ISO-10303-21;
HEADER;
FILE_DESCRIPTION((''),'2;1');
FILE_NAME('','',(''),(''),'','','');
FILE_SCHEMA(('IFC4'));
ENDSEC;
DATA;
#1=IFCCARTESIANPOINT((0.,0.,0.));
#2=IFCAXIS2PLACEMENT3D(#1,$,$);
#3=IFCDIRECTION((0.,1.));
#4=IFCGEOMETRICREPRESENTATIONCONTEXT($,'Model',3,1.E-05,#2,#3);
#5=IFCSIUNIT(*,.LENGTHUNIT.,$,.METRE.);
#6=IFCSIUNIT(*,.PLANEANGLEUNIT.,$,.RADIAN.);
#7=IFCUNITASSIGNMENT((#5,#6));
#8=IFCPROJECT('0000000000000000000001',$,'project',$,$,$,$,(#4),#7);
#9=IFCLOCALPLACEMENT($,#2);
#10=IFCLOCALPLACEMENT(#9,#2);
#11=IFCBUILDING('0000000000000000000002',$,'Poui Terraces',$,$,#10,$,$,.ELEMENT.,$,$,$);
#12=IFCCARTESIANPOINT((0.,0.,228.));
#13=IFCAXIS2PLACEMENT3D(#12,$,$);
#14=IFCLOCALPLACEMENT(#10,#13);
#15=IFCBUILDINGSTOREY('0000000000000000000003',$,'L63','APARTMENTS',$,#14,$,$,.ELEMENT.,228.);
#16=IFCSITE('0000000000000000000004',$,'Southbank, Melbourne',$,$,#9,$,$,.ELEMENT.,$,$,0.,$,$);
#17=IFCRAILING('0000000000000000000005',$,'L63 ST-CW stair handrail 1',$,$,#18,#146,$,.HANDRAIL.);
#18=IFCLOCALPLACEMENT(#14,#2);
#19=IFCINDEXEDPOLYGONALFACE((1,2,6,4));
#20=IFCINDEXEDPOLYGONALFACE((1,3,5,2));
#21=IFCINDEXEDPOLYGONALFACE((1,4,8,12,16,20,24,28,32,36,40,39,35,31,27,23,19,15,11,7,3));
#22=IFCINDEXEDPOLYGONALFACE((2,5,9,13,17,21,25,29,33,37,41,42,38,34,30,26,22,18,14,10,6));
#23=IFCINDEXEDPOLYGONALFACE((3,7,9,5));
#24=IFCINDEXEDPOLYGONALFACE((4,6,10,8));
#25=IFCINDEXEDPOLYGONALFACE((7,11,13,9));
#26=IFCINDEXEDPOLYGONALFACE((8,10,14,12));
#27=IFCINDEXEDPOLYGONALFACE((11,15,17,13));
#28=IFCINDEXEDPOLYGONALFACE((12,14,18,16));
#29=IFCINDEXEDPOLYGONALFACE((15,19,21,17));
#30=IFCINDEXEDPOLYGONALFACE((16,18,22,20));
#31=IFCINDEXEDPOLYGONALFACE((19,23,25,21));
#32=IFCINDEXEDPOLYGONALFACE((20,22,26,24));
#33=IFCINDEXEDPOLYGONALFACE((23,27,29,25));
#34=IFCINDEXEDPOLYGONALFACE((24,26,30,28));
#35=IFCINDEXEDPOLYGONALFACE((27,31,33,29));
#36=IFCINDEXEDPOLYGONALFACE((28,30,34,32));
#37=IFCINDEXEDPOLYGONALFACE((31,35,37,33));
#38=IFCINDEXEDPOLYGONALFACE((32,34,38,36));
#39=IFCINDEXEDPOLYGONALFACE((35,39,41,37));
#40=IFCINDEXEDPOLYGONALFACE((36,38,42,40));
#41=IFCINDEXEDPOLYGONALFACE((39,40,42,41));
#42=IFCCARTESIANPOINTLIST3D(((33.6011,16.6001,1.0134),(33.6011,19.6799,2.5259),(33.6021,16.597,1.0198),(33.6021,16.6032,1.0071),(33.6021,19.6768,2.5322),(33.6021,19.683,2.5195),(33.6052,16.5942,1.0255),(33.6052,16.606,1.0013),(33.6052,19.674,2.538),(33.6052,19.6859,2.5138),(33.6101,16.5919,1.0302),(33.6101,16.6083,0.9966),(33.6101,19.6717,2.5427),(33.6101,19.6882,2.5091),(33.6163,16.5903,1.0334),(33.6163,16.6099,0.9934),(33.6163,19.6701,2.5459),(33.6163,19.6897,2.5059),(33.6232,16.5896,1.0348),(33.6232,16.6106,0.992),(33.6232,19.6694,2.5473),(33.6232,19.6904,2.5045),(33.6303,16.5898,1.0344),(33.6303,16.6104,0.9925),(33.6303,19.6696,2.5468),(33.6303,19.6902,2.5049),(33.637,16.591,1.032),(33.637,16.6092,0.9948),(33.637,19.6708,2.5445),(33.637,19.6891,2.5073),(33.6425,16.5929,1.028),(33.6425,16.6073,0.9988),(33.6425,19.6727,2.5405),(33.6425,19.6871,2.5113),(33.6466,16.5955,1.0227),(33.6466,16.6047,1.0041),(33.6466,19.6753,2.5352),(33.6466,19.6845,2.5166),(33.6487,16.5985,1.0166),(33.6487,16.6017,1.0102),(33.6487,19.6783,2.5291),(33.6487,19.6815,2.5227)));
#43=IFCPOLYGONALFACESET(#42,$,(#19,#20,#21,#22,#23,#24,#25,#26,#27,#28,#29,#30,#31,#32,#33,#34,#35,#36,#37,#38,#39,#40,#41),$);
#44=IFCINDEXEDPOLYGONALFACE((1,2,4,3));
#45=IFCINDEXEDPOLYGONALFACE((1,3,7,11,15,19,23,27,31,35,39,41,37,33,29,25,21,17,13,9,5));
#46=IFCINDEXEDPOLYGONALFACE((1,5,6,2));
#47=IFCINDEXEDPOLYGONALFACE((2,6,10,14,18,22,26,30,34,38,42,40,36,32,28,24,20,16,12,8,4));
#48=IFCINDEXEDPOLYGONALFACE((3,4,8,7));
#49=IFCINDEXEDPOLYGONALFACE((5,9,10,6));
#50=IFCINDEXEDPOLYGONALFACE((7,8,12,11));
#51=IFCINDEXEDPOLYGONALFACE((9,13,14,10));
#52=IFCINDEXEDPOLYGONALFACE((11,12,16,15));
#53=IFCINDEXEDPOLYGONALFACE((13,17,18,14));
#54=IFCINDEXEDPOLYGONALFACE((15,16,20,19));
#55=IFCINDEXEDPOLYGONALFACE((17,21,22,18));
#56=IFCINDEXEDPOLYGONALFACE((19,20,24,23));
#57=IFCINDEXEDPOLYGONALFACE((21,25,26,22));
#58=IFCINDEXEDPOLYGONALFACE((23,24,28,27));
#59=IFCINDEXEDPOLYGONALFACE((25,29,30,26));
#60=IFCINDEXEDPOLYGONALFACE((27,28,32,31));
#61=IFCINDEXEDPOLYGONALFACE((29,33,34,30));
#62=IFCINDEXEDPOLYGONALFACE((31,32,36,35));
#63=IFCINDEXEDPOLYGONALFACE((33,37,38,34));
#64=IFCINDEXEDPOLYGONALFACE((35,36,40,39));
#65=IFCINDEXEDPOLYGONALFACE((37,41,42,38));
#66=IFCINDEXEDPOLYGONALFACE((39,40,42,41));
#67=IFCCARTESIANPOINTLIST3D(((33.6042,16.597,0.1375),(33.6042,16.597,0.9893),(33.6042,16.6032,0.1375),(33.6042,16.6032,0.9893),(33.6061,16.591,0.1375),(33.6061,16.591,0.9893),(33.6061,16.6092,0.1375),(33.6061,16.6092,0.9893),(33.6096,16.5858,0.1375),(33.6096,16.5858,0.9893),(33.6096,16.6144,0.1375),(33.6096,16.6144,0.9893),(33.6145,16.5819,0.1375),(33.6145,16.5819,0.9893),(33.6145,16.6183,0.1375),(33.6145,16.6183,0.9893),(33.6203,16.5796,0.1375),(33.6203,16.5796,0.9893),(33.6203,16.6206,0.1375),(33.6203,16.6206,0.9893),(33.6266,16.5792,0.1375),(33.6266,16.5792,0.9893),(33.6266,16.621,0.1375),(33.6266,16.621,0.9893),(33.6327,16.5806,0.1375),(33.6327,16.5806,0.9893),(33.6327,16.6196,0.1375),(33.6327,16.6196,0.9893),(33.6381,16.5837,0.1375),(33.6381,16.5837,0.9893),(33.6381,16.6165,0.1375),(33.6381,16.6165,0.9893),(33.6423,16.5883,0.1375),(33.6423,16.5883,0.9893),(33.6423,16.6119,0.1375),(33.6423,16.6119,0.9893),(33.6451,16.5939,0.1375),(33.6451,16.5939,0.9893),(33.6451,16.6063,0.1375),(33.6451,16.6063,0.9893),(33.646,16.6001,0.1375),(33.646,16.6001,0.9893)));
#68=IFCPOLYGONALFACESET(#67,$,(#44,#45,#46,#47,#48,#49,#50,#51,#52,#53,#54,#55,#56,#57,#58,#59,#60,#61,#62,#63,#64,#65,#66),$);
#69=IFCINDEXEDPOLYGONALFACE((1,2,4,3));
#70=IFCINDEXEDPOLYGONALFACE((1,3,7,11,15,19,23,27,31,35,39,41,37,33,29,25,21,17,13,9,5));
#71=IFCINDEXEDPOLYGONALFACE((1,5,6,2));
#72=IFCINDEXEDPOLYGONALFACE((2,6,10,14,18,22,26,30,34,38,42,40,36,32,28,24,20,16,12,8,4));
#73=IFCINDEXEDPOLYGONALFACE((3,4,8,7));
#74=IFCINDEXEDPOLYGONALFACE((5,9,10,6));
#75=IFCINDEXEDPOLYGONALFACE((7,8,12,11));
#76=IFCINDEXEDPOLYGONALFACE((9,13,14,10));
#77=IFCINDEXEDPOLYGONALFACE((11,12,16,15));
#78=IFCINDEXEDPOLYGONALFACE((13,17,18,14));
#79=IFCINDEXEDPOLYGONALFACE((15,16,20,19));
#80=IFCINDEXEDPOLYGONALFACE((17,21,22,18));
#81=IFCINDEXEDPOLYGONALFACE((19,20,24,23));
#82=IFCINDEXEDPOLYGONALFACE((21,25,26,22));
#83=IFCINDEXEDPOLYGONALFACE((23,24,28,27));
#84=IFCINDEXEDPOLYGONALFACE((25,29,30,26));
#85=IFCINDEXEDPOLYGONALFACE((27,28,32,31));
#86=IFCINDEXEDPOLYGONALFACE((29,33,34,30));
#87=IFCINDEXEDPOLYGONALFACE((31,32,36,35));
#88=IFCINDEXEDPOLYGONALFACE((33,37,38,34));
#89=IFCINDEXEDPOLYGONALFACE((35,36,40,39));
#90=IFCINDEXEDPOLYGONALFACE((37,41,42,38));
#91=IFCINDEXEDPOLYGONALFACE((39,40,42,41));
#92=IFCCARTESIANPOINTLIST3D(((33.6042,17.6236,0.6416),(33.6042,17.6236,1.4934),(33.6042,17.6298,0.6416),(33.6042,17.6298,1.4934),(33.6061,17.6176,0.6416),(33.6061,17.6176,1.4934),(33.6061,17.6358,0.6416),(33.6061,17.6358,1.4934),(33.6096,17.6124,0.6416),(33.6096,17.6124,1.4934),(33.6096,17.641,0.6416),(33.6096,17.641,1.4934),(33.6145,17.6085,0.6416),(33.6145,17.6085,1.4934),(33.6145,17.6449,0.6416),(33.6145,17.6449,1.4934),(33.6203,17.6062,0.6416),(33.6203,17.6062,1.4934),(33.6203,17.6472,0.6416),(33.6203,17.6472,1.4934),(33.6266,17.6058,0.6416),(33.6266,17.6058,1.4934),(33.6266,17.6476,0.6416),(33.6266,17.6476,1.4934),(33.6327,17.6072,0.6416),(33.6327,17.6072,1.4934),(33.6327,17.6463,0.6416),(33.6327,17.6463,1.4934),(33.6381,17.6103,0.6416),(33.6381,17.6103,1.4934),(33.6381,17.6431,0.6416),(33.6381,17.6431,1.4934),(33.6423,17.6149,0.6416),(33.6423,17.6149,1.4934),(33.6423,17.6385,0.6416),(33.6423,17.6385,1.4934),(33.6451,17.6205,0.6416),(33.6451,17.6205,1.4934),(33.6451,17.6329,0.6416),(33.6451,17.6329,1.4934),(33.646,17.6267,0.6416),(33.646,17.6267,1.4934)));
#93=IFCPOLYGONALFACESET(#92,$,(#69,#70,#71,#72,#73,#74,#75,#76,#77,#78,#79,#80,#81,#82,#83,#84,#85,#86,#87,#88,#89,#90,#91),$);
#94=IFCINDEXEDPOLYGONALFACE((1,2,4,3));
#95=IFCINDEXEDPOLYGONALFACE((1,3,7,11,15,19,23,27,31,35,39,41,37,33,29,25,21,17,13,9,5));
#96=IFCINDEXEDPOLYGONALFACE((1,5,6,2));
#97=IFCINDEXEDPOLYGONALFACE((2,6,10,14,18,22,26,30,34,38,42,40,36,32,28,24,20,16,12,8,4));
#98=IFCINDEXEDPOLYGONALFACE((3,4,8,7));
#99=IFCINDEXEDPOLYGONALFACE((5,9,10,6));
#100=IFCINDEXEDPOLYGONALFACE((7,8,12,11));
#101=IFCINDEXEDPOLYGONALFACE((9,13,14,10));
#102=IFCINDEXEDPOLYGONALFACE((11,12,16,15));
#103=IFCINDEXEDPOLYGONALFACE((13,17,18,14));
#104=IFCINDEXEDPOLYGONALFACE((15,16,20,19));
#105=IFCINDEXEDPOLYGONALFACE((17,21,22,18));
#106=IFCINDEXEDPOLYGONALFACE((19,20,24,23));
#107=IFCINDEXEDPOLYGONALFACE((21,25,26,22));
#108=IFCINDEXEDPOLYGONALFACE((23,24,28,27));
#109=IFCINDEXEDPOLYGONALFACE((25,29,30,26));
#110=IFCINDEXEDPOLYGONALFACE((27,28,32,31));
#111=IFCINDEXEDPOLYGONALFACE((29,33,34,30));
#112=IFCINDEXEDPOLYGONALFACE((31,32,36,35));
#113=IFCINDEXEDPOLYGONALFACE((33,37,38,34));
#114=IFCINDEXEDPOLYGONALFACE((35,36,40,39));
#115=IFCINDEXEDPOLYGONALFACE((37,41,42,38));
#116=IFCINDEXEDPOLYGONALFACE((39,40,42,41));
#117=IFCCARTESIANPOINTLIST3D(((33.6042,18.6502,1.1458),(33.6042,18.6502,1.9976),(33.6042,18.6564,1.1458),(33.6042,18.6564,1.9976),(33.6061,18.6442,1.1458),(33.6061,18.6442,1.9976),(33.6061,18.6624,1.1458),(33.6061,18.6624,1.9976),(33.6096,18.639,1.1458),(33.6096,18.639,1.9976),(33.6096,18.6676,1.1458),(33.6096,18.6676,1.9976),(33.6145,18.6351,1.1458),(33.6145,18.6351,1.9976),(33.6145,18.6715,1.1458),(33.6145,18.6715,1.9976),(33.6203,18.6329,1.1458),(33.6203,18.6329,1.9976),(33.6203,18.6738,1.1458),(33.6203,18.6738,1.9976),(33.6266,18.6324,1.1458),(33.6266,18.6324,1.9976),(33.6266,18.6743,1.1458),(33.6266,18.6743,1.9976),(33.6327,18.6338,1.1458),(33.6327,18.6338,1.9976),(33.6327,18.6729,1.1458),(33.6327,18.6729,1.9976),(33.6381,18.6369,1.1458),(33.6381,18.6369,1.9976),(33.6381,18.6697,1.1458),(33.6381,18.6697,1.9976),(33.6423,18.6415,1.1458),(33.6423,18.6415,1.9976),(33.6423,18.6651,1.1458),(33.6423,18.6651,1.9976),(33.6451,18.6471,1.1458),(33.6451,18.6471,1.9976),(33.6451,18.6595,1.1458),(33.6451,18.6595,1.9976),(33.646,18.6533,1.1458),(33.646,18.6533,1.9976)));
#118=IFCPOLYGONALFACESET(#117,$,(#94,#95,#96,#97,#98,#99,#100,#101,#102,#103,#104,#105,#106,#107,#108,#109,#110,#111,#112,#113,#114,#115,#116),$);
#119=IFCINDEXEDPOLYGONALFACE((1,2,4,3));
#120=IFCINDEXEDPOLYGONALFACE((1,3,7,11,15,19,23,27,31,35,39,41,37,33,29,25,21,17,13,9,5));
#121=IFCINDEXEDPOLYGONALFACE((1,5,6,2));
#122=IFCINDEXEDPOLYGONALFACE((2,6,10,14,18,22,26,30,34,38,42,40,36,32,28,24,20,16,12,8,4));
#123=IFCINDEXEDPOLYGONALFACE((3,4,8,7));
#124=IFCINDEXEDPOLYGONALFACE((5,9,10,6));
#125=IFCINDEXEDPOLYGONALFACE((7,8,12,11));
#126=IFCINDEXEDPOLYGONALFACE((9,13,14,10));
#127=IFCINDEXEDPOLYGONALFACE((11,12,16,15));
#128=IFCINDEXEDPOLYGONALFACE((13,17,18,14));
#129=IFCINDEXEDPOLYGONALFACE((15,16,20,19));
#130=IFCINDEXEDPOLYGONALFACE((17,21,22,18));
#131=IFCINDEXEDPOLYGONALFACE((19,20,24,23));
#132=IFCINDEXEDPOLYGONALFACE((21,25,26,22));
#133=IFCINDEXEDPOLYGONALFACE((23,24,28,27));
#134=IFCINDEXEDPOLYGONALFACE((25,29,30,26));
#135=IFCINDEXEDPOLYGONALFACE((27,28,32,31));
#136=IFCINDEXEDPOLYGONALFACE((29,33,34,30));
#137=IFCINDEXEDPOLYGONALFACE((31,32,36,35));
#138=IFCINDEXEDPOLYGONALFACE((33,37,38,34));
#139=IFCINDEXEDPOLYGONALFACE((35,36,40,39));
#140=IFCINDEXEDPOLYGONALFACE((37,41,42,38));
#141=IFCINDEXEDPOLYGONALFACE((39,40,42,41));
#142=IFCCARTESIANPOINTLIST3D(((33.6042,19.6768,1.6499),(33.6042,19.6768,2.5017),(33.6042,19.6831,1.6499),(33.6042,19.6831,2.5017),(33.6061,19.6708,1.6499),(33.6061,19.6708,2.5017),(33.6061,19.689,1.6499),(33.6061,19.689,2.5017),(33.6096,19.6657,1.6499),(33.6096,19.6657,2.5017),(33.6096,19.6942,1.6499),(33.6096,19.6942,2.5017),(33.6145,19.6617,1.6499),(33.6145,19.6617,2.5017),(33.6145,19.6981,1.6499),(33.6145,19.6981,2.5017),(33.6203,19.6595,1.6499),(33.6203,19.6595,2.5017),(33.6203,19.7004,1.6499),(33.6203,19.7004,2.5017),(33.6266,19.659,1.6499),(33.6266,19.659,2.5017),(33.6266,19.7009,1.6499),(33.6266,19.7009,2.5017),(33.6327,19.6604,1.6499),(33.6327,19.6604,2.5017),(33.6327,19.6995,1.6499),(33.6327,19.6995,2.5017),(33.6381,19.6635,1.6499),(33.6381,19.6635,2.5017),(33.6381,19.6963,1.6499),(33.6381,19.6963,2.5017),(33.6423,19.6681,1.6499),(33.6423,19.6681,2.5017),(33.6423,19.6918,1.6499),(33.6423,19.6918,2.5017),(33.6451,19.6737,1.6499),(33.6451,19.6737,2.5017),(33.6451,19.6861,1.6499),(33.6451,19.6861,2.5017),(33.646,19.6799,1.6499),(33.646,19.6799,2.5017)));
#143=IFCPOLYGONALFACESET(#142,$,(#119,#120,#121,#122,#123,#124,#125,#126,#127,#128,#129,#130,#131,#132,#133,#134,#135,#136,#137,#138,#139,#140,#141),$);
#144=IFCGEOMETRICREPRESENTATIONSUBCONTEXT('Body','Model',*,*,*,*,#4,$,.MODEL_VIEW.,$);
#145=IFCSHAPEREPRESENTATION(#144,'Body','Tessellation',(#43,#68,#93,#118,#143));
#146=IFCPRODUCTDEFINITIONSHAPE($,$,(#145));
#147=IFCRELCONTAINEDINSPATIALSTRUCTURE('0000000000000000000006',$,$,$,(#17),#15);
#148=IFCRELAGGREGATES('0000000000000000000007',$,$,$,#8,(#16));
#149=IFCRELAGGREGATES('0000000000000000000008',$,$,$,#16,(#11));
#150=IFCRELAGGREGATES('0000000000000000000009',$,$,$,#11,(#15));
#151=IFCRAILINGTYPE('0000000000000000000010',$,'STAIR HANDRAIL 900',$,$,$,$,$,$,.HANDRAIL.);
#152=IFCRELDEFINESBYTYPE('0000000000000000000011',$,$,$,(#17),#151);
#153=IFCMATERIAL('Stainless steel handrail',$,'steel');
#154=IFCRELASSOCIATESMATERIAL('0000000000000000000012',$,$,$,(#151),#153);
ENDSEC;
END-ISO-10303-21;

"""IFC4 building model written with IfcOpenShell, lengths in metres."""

from ifc_helpers import new_model, si_unit, direction, frame, origin, origin_2d, place, context, subcontext, project, spatial, circle, extrude, material, type_object, element, save


model = new_model("IFC4")

# Units and contexts
model_context = context("Model", 3, precision=1e-05, world=origin(), true_north=direction((0.0, 1.0)))
body_context = subcontext(model_context, "Body", "Model", "MODEL_VIEW")
ifc_project = project(units=[si_unit("LENGTHUNIT", "METRE"), si_unit("PLANEANGLEUNIT", "RADIAN")], contexts=[model_context])

# Site, building, storey
site_placement = place(None, origin())
site = spatial("IfcSite", under=ifc_project, at=site_placement, Name="Southbank, Melbourne", CompositionType="ELEMENT", RefElevation=0.0)
building_placement = place(site_placement, origin())
building = spatial("IfcBuilding", under=site, at=building_placement, Name="Poui Terraces", CompositionType="ELEMENT")
storey_placement = place(building_placement, frame((0.0, 0.0, 228.0)))
storey = spatial("IfcBuildingStorey", under=building, at=storey_placement, Name="L63", Description="APARTMENTS", CompositionType="ELEMENT", Elevation=228.0)

# Railing
ifc_material_1 = material(Name="Stainless steel handrail", Category="steel")
railing_type_1 = type_object("IfcRailingType", Name="STAIR HANDRAIL 900", PredefinedType="HANDRAIL", material=ifc_material_1)
railing_1_placement = place(storey_placement, frame((33.625, 16.6001, 0.1375)))
element("IfcRailing", 1, at=railing_1_placement, inside=storey, type_object=railing_type_1, Name="L63 ST-CW stair handrail 1", PredefinedType="HANDRAIL", context=body_context, shape_type="SweptSolid", body=[
    extrude(circle(Radius=0.0239, at=origin_2d()), frame((0.0, 0.0, 0.876), z_axis=(0.0, 0.897606, 0.440798), x_axis=(-1.0, 0.0, 0.0)), (0.0, 0.0, 1.0), 3.4312),
    extrude(circle(Radius=0.021, at=origin_2d()), origin(), (0.0, 0.0, 1.0), 0.8518),
    extrude(circle(Radius=0.021, at=origin_2d()), frame((0.0, 1.0266, 0.5042)), (0.0, 0.0, 1.0), 0.8518),
    extrude(circle(Radius=0.021, at=origin_2d()), frame((0.0, 2.0532, 1.0083)), (0.0, 0.0, 1.0), 0.8518),
    extrude(circle(Radius=0.021, at=origin_2d()), frame((0.0, 3.0798, 1.5125)), (0.0, 0.0, 1.0), 0.8518),
])

save(model, "model.ifc")
